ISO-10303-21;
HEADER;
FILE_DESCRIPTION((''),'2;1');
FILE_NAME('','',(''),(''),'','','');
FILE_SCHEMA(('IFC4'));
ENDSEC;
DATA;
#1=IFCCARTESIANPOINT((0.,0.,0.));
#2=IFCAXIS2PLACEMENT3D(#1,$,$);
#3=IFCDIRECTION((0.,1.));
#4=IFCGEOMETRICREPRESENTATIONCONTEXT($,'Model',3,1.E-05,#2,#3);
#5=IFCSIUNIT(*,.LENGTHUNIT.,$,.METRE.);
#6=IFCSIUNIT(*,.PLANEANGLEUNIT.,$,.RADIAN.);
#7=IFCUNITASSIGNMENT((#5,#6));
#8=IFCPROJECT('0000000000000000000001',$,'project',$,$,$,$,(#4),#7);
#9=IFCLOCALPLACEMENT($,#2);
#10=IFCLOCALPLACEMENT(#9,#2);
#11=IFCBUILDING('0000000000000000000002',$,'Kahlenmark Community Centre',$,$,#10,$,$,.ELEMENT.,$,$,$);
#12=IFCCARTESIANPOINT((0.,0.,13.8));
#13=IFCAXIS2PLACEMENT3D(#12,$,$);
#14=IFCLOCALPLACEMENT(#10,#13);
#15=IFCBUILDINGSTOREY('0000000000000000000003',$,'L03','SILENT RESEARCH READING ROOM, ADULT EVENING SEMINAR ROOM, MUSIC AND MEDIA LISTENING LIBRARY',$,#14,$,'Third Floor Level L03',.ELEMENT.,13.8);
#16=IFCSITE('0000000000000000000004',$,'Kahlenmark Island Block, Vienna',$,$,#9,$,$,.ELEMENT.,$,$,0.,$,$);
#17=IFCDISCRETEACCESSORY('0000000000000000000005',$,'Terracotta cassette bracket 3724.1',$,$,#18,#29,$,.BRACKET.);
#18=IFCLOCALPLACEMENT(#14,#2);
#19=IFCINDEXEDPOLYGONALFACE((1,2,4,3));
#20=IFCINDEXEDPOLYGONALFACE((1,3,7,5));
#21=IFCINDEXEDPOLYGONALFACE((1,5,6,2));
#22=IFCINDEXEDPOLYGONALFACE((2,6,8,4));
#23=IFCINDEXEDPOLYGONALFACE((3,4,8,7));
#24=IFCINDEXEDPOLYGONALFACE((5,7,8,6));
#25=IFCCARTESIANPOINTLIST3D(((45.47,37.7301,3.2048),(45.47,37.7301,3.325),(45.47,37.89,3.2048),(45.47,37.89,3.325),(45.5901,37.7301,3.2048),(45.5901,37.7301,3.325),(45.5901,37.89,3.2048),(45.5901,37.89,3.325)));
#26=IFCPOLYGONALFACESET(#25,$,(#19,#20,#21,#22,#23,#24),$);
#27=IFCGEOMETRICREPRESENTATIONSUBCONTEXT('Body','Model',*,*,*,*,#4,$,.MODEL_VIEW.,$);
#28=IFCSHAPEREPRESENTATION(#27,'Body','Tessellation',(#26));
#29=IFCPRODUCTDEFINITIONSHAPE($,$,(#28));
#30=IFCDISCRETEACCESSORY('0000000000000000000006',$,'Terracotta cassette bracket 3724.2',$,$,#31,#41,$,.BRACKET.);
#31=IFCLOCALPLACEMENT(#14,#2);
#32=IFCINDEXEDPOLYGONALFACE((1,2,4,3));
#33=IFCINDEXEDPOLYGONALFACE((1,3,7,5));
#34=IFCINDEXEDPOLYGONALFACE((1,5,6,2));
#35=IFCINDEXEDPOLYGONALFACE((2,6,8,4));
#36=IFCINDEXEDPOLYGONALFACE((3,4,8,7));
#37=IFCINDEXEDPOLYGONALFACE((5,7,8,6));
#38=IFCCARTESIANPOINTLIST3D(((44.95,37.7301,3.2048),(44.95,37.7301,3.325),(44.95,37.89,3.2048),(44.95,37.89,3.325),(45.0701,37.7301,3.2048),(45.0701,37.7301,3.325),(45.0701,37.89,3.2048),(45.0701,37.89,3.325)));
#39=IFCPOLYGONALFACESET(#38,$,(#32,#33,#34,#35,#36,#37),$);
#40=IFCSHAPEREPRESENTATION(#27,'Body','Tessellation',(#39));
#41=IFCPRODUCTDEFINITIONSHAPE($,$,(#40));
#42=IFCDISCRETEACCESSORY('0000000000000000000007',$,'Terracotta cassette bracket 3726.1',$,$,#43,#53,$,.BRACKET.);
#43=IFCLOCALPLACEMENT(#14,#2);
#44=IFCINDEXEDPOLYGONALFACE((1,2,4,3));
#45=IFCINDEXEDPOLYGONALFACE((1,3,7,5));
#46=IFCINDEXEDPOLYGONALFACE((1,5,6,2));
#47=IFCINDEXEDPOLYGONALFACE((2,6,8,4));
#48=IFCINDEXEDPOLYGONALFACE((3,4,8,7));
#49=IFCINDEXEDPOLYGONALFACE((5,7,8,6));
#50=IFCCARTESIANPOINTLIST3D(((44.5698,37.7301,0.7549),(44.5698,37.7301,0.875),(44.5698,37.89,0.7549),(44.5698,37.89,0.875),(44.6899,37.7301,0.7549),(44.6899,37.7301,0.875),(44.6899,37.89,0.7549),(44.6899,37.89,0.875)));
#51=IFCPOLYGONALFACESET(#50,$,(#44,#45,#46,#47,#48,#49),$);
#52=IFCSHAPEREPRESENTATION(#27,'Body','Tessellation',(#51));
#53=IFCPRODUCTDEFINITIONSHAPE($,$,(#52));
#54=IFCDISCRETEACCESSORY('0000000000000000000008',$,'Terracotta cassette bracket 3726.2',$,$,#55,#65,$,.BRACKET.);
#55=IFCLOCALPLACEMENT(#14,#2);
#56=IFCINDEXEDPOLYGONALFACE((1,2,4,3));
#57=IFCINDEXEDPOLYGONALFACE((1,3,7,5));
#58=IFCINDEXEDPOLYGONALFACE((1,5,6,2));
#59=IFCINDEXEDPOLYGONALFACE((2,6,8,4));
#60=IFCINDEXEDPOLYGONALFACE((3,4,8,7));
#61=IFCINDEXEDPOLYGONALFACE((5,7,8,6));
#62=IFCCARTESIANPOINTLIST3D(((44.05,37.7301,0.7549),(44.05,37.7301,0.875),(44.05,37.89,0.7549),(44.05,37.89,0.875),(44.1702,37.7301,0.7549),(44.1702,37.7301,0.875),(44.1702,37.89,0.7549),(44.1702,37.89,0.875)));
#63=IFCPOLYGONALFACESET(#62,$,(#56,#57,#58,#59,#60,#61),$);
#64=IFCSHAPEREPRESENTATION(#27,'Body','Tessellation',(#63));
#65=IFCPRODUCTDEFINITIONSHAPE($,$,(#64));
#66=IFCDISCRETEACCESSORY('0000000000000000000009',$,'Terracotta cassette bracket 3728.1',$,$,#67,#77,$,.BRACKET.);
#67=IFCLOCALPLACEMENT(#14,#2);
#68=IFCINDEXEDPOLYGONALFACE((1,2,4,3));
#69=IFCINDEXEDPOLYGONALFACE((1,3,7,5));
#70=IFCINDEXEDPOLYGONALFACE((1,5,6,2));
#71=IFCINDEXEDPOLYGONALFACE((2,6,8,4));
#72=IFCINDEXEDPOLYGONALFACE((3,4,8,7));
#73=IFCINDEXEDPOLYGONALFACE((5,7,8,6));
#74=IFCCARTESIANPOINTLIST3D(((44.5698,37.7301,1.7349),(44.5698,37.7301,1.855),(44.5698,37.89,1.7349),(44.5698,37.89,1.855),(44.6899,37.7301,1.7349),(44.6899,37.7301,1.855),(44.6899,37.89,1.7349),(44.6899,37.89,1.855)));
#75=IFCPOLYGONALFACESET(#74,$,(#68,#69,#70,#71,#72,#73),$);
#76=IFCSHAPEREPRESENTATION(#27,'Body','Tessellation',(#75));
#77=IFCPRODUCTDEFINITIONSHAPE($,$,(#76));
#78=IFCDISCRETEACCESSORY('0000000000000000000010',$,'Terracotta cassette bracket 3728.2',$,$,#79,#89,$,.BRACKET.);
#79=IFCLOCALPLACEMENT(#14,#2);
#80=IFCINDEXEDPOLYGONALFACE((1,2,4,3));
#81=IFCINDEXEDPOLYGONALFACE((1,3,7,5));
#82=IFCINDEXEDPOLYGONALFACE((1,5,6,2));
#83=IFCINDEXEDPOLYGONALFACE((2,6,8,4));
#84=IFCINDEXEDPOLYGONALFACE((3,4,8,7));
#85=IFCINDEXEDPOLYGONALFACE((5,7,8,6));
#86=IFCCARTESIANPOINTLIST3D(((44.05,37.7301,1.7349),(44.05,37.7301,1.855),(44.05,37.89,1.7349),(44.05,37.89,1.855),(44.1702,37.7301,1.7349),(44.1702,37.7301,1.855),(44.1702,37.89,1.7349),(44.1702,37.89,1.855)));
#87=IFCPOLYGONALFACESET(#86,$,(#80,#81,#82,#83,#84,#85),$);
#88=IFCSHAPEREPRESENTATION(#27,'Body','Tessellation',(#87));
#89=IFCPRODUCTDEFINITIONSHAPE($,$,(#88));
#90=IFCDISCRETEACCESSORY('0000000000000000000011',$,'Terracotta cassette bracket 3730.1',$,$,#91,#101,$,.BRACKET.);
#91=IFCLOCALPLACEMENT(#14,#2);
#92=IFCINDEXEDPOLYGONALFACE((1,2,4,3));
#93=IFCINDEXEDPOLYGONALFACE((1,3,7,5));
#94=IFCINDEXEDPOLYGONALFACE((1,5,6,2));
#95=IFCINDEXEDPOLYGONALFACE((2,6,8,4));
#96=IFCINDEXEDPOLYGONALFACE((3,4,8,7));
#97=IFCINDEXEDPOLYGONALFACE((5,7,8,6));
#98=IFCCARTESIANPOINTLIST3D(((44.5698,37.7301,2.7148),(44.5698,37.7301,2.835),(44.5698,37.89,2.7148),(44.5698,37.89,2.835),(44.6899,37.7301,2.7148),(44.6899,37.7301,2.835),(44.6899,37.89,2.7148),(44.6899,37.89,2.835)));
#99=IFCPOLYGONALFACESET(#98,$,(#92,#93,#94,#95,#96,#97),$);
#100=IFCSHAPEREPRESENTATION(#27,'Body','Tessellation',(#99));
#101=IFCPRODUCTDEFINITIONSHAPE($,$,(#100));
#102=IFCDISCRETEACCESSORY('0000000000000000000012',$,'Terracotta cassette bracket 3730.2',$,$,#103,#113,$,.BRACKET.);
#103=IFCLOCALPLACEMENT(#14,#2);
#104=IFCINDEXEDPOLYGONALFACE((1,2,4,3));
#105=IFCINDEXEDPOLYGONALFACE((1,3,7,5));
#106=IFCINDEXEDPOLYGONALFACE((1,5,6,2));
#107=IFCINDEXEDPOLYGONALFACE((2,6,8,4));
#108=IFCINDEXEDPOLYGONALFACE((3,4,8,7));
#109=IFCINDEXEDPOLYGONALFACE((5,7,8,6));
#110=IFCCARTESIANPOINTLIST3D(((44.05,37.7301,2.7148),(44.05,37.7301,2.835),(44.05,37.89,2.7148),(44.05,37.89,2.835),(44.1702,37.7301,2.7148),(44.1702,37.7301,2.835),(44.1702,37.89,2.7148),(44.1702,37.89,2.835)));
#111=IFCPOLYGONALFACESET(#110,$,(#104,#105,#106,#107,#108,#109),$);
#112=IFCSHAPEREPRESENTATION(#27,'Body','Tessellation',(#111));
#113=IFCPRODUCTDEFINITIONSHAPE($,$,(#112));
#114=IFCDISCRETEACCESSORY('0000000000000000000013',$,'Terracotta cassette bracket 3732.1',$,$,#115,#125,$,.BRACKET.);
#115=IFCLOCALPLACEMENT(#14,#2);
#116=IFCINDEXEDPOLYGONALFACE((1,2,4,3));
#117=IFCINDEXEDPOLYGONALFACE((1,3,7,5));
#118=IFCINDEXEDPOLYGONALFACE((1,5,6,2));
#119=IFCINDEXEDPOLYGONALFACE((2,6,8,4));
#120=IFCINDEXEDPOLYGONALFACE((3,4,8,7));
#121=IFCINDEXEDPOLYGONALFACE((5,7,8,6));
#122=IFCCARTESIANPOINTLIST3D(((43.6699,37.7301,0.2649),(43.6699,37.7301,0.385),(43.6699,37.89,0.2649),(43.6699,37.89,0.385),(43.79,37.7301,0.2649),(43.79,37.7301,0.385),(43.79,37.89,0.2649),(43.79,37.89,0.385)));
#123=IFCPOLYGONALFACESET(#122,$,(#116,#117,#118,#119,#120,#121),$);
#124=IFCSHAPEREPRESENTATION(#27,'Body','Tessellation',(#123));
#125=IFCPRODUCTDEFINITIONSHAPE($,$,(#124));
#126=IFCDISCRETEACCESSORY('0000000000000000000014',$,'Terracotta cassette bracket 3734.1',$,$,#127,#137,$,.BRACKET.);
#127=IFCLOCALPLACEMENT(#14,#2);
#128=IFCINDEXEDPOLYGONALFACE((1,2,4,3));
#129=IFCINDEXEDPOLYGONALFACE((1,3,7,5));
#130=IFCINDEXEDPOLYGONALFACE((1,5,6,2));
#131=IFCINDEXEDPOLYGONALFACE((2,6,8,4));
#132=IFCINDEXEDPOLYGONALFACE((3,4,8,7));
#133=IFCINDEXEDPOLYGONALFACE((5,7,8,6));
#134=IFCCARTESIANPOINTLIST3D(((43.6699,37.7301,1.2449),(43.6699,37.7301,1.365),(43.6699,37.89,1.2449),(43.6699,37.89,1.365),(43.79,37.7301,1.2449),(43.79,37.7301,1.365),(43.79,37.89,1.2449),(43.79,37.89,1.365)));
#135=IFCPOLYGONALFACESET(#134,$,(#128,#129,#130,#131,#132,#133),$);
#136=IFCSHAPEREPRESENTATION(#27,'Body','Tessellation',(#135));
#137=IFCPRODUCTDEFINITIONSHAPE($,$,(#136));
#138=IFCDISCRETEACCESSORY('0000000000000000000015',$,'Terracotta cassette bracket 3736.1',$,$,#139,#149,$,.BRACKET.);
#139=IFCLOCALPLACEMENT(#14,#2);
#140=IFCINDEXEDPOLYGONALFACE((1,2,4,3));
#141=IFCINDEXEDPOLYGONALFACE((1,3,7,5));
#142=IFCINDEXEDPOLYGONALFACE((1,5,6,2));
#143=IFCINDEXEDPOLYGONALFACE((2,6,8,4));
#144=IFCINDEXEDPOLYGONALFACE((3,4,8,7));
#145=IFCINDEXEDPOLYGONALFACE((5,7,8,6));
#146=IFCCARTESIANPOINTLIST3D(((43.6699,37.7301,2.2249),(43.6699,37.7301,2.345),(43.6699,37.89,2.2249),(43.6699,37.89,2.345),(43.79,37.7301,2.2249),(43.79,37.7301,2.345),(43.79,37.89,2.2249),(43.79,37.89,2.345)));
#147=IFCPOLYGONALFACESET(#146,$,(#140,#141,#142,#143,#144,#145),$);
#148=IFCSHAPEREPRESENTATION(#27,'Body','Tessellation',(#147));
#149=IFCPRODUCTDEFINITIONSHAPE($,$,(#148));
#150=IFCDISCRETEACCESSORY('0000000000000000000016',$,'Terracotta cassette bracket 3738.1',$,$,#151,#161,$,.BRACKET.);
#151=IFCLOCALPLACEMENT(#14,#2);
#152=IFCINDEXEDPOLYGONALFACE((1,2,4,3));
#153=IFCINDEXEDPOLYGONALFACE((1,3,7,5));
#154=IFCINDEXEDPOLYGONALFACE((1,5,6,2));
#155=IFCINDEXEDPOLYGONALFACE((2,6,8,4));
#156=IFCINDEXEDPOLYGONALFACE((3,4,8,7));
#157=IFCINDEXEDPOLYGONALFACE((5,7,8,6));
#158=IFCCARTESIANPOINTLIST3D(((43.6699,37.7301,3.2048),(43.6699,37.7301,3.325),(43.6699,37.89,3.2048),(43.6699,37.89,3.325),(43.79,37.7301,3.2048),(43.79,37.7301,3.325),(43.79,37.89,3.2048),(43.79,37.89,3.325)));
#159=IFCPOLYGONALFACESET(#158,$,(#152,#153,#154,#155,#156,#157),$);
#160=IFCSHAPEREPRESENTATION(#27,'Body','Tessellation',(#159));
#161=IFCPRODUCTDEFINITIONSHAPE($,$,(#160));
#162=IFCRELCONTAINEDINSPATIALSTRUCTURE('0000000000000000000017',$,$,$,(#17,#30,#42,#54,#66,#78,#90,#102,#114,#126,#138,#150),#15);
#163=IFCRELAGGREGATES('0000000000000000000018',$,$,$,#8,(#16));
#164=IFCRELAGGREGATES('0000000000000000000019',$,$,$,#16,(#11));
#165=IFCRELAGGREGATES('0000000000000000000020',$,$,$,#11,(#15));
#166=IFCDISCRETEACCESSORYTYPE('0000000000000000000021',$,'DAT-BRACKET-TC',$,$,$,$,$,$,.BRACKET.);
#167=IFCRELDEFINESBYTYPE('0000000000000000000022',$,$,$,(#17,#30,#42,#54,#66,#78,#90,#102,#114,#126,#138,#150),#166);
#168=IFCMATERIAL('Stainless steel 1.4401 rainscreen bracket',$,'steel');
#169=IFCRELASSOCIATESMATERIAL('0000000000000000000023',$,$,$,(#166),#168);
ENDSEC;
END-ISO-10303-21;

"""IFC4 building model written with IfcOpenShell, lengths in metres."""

from ifc_helpers import new_model, si_unit, direction, frame, origin, origin_2d, place, context, subcontext, project, spatial, rectangle, extrude, material, type_object, element, save


model = new_model("IFC4")

# Units and contexts
model_context = context("Model", 3, precision=1e-05, world=origin(), true_north=direction((0.0, 1.0)))
body_context = subcontext(model_context, "Body", "Model", "MODEL_VIEW")
ifc_project = project(units=[si_unit("LENGTHUNIT", "METRE"), si_unit("PLANEANGLEUNIT", "RADIAN")], contexts=[model_context])

# Site, building, storey
site_placement = place(None, origin())
site = spatial("IfcSite", under=ifc_project, at=site_placement, Name="Kahlenmark Island Block, Vienna", CompositionType="ELEMENT", RefElevation=0.0)
building_placement = place(site_placement, origin())
building = spatial("IfcBuilding", under=site, at=building_placement, Name="Kahlenmark Community Centre", CompositionType="ELEMENT")
storey_placement = place(building_placement, frame((0.0, 0.0, 13.8)))
storey = spatial("IfcBuildingStorey", under=building, at=storey_placement, Name="L03", Description="SILENT RESEARCH READING ROOM, ADULT EVENING SEMINAR ROOM, MUSIC AND MEDIA LISTENING LIBRARY", LongName="Third Floor Level L03", CompositionType="ELEMENT", Elevation=13.8)

# Discrete accessories
ifc_material_1 = material(Name="Stainless steel 1.4401 rainscreen bracket", Category="steel")
discrete_accessory_type = type_object("IfcDiscreteAccessoryType", Name="DAT-BRACKET-TC", PredefinedType="BRACKET", material=ifc_material_1)
for number, where, z_axis, x_axis, name in (
    (1, (45.53, 37.8101, 3.2048), (0.0, 0.0, 1.0), (-1.0, 0.0, 0.0), "Terracotta cassette bracket 3724.1"),
    (2, (45.01, 37.8101, 3.2048), (0.0, 0.0, 1.0), (-1.0, 0.0, 0.0), "Terracotta cassette bracket 3724.2"),
    (3, (44.6299, 37.8101, 0.7549), (0.0, 0.0, 1.0), (-1.0, 0.0, 0.0), "Terracotta cassette bracket 3726.1"),
    (4, (44.1101, 37.8101, 0.7549), (0.0, 0.0, 1.0), (-1.0, 0.0, 0.0), "Terracotta cassette bracket 3726.2"),
    (5, (44.6299, 37.8101, 1.7349), (0.0, 0.0, 1.0), (-1.0, 0.0, 0.0), "Terracotta cassette bracket 3728.1"),
    (6, (44.1101, 37.8101, 1.7349), (0.0, 0.0, 1.0), (-1.0, 0.0, 0.0), "Terracotta cassette bracket 3728.2"),
    (7, (44.6299, 37.8101, 2.7148), (0.0, 0.0, 1.0), (-1.0, 0.0, 0.0), "Terracotta cassette bracket 3730.1"),
    (8, (44.1101, 37.8101, 2.7148), (0.0, 0.0, 1.0), (-1.0, 0.0, 0.0), "Terracotta cassette bracket 3730.2"),
    (9, (43.73, 37.8101, 0.2649), (0.0, 0.0, 1.0), (-1.0, 0.0, 0.0), "Terracotta cassette bracket 3732.1"),
    (10, (43.73, 37.8101, 1.2449), (0.0, 0.0, 1.0), (-1.0, 0.0, 0.0), "Terracotta cassette bracket 3734.1"),
    (11, (43.73, 37.8101, 2.2249), (0.0, 0.0, 1.0), (-1.0, 0.0, 0.0), "Terracotta cassette bracket 3736.1"),
    (12, (43.73, 37.8101, 3.2048), (0.0, 0.0, 1.0), (-1.0, 0.0, 0.0), "Terracotta cassette bracket 3738.1"),
):
    element("IfcDiscreteAccessory", number, at=place(storey_placement, frame(where, z_axis=z_axis, x_axis=x_axis)), inside=storey, type_object=discrete_accessory_type, Name=name, PredefinedType="BRACKET", context=body_context, shape_type="SweptSolid", body=[
        extrude(rectangle(XDim=0.1201, YDim=0.1599, at=origin_2d()), origin(), (0.0, 0.0, 1.0), 0.1201),
    ])

save(model, "model.ifc")
